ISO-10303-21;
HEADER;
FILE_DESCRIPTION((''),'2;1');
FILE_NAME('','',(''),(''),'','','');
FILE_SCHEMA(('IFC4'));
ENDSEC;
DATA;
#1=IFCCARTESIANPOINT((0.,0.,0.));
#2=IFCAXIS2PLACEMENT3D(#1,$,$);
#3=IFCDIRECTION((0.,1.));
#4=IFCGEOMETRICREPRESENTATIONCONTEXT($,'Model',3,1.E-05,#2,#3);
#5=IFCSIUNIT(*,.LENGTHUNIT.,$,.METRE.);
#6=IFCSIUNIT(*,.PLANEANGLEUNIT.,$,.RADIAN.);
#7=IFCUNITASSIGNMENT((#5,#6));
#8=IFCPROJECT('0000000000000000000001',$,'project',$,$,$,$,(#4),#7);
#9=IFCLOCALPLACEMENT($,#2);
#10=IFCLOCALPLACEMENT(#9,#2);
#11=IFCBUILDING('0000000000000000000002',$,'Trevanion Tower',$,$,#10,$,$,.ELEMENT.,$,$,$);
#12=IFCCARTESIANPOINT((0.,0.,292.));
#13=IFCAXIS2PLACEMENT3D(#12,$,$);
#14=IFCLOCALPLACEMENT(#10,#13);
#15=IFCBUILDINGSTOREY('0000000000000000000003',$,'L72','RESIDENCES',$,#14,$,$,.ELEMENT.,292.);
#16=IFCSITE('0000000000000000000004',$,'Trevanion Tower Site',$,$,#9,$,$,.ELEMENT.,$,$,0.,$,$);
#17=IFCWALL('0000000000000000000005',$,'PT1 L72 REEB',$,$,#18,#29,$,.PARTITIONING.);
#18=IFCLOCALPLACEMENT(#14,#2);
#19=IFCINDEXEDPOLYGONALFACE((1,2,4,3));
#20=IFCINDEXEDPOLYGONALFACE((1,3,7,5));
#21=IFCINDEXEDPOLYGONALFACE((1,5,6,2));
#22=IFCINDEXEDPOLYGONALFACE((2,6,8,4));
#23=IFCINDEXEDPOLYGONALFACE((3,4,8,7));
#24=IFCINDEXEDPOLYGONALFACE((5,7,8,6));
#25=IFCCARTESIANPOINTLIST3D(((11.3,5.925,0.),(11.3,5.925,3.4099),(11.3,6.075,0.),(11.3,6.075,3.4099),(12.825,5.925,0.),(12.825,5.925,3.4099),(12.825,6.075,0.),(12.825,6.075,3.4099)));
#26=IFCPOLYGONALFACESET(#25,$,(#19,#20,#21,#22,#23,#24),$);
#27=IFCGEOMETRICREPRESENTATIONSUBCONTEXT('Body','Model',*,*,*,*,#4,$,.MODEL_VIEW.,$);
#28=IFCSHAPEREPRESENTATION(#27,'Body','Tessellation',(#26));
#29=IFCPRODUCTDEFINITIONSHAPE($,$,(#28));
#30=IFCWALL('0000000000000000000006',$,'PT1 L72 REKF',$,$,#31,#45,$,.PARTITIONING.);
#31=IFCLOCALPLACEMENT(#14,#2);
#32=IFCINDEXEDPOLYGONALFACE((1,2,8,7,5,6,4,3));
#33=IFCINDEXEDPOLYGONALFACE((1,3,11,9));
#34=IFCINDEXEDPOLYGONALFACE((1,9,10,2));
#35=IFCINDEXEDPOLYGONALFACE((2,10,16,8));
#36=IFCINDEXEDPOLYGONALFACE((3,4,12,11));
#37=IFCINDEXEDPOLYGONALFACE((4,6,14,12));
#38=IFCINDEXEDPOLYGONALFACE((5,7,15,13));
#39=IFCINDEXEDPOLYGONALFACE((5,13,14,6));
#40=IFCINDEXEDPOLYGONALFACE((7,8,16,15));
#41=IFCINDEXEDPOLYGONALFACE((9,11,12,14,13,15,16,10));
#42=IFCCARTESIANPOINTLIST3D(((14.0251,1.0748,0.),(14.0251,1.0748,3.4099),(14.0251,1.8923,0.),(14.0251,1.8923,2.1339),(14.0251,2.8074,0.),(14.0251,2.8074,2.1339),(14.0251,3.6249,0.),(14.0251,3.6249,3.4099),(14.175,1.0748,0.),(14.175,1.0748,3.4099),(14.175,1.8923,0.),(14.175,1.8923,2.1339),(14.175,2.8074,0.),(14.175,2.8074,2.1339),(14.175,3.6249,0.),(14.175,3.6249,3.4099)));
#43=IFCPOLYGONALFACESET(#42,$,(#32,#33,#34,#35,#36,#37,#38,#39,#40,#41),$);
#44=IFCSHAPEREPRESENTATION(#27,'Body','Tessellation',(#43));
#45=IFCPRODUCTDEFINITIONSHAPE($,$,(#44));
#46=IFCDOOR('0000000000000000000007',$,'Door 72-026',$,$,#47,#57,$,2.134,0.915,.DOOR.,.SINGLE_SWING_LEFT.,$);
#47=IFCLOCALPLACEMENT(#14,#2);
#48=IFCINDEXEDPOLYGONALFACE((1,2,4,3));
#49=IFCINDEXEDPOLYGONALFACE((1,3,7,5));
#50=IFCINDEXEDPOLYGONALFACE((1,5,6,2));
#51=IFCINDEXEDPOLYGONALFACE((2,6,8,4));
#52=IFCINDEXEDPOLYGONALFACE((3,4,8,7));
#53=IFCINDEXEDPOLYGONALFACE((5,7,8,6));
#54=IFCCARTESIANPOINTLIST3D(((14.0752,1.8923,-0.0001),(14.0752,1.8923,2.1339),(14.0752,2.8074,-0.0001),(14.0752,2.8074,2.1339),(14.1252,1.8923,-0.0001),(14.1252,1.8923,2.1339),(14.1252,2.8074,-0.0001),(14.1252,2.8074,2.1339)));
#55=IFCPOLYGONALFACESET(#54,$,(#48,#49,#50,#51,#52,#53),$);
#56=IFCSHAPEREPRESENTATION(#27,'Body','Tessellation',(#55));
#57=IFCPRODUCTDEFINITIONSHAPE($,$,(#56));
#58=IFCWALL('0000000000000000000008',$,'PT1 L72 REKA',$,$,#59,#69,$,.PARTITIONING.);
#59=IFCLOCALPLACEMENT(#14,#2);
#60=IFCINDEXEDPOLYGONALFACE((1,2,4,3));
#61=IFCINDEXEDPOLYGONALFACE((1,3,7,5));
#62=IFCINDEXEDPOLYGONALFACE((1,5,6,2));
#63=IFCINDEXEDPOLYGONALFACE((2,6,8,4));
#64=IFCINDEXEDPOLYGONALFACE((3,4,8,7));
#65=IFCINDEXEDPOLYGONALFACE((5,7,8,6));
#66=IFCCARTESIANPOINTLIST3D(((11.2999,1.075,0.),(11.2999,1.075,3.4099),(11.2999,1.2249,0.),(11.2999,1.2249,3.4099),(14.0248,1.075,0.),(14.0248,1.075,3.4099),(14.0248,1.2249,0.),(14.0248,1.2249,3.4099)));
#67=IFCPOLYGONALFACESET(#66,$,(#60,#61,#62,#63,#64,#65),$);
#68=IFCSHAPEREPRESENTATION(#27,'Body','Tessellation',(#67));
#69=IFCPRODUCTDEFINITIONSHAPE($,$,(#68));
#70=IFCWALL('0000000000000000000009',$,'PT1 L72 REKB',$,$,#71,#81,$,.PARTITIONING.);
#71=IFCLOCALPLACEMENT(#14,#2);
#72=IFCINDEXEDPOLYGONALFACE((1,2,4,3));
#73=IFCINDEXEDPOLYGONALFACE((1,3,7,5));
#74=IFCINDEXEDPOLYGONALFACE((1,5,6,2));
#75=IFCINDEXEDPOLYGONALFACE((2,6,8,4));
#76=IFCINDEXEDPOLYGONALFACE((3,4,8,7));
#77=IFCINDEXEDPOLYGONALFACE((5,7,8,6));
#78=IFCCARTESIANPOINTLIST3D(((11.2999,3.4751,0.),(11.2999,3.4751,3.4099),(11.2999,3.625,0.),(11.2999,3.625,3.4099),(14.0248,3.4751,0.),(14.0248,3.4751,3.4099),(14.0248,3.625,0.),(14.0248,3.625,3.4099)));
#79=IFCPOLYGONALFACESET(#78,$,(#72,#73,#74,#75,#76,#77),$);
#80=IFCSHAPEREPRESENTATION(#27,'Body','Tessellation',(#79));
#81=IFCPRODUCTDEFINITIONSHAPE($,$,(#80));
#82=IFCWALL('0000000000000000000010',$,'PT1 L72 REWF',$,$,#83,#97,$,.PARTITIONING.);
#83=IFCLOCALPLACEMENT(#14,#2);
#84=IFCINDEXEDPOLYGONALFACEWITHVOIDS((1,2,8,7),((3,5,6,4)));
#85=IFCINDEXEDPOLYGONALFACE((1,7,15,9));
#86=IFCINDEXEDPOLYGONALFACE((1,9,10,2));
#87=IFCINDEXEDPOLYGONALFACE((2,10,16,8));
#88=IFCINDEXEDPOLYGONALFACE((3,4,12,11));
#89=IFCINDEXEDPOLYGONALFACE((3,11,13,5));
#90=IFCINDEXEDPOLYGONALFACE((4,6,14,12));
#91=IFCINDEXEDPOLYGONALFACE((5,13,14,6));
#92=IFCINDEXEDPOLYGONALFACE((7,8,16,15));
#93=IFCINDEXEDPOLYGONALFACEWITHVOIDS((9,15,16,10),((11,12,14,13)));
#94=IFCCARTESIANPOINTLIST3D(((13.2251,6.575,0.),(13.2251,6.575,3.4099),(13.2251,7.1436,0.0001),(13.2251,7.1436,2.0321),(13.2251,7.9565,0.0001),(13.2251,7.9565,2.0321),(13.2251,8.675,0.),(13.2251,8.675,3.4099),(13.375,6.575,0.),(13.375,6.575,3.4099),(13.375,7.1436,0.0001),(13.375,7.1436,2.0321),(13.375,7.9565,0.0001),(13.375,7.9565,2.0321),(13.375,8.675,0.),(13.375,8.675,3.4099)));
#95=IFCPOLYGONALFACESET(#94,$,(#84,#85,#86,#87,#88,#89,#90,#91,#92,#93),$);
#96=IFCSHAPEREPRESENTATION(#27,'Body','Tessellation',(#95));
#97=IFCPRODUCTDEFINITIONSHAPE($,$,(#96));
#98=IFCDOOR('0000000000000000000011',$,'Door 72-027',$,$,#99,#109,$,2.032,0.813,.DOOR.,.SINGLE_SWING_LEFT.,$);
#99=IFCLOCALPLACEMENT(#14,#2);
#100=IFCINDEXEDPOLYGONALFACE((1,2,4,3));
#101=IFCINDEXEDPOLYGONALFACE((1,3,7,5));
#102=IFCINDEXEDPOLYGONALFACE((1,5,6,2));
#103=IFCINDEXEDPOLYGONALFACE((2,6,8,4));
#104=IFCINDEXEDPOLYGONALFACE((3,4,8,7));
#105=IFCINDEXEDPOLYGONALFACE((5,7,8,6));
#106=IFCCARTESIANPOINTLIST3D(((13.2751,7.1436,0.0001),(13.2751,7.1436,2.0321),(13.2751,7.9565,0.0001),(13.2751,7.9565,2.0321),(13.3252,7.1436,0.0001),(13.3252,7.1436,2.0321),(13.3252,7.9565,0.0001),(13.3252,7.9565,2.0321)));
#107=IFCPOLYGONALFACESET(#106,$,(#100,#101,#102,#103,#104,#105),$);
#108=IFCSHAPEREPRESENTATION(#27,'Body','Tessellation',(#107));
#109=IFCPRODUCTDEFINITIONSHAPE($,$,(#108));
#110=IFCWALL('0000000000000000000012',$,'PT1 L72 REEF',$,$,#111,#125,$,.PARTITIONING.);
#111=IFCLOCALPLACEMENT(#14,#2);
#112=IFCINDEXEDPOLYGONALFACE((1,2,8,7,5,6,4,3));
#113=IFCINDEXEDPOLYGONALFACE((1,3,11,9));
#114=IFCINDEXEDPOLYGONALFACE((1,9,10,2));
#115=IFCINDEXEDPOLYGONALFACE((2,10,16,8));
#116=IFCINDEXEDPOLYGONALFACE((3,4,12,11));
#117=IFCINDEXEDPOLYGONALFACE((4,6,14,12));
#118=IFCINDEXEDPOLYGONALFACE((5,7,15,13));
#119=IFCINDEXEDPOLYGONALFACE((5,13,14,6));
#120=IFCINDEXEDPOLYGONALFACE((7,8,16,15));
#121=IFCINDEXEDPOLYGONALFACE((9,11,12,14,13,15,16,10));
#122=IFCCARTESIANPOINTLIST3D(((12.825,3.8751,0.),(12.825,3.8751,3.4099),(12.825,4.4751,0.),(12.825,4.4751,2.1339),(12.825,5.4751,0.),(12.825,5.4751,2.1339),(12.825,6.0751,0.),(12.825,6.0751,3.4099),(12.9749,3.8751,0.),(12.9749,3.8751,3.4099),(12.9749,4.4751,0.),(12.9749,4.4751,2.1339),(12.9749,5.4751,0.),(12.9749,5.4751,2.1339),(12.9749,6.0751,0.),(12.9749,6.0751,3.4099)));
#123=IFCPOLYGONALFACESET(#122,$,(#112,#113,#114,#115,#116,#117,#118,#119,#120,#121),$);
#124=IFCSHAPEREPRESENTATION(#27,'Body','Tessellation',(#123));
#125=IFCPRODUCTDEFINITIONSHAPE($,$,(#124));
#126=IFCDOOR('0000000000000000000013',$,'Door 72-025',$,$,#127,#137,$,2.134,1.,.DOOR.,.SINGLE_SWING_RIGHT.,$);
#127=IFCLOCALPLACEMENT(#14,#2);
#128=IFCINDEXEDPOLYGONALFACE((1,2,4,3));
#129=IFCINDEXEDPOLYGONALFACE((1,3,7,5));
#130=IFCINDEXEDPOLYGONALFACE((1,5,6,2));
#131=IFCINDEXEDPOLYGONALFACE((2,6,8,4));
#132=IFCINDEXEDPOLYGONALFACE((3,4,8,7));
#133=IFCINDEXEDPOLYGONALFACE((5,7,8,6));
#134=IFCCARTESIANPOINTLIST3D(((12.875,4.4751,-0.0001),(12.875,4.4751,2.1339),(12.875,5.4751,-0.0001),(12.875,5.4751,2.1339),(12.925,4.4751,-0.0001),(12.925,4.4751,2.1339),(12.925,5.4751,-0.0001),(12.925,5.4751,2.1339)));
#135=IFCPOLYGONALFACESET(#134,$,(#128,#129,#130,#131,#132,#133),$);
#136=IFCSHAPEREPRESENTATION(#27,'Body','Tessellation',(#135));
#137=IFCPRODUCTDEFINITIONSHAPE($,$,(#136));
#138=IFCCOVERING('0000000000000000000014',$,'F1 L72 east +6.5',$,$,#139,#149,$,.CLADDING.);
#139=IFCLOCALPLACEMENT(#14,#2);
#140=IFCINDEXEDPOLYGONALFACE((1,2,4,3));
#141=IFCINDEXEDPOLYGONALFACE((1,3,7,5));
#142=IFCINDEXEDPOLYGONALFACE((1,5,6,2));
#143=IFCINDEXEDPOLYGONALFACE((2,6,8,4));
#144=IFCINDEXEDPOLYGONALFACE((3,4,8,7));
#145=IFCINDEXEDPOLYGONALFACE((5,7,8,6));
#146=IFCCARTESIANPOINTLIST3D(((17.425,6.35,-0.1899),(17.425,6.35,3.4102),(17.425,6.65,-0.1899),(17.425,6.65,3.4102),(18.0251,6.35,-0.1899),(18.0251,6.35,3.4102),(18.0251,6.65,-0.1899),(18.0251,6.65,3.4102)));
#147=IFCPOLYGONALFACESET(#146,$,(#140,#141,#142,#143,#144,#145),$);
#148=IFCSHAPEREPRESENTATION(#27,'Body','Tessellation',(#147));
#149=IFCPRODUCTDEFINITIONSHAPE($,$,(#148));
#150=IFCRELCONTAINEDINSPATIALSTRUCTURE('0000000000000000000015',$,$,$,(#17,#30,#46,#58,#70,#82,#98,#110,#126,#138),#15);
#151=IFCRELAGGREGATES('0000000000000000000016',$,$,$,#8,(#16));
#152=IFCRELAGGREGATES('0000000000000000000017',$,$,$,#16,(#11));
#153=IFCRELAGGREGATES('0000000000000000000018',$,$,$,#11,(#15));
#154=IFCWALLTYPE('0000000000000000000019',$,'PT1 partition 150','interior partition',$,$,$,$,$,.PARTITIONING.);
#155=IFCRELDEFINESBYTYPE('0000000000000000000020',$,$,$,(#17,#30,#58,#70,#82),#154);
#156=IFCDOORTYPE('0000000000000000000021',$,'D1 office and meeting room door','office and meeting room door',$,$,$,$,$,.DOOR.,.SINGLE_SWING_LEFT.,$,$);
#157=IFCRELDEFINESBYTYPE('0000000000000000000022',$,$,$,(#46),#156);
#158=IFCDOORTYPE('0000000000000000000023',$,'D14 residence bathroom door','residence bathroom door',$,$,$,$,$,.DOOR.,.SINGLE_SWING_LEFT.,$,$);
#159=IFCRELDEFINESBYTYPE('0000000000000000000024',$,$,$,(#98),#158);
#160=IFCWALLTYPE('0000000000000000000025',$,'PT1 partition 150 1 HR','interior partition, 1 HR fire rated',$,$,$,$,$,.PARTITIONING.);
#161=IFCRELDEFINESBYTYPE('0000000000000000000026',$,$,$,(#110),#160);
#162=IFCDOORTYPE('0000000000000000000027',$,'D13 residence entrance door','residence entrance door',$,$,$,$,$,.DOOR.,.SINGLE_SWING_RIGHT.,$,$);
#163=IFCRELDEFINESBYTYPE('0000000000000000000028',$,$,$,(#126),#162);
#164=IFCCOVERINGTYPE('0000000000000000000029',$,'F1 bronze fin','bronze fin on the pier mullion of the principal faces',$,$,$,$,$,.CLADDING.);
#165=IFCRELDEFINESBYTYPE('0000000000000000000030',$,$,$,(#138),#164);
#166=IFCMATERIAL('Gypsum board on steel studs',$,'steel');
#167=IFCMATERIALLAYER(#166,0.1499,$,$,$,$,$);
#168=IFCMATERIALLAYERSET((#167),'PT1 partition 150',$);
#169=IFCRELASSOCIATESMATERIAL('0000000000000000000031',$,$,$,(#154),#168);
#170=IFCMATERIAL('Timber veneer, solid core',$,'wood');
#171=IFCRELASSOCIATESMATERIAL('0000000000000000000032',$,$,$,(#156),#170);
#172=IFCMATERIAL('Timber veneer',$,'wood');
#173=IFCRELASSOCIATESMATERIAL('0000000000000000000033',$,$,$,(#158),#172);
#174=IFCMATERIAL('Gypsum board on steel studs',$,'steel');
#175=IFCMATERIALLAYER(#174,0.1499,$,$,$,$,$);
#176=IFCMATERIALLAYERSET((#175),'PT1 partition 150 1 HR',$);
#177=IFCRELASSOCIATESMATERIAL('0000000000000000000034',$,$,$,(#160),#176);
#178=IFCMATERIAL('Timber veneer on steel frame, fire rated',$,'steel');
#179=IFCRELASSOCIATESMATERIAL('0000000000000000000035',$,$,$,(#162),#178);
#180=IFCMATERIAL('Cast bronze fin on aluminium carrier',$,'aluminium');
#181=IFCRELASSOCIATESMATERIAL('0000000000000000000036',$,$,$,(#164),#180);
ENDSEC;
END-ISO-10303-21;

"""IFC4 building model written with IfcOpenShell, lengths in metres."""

from ifc_helpers import new_model, si_unit, direction, frame, frame_2d, origin, origin_2d, place, context, subcontext, project, spatial, rectangle, extrude, material, layer, layer_set, type_object, element, fill, save


model = new_model("IFC4")

# Units and contexts
model_context = context("Model", 3, precision=1e-05, world=origin(), true_north=direction((0.0, 1.0)))
body_context = subcontext(model_context, "Body", "Model", "MODEL_VIEW")
ifc_project = project(units=[si_unit("LENGTHUNIT", "METRE"), si_unit("PLANEANGLEUNIT", "RADIAN")], contexts=[model_context])

# Site, building, storey
site_placement = place(None, origin())
site = spatial("IfcSite", under=ifc_project, at=site_placement, Name="Trevanion Tower Site", CompositionType="ELEMENT", RefElevation=0.0)
building_placement = place(site_placement, origin())
building = spatial("IfcBuilding", under=site, at=building_placement, Name="Trevanion Tower", CompositionType="ELEMENT")
storey_placement = place(building_placement, frame((0.0, 0.0, 292.0)))
storey = spatial("IfcBuildingStorey", under=building, at=storey_placement, Name="L72", Description="RESIDENCES", CompositionType="ELEMENT", Elevation=292.0)

# Shared definitions
ifc_material_1 = material(Name="Gypsum board on steel studs", Category="steel")
ifc_layer_1 = layer(ifc_material_1, 0.1499)
ifc_layer_set_1 = layer_set([ifc_layer_1], Name="PT1 partition 150")
wall_type_1 = type_object("IfcWallType", Name="PT1 partition 150", Description="interior partition", PredefinedType="PARTITIONING", material=ifc_layer_set_1)
ifc_material_2 = material(Name="Timber veneer, solid core", Category="wood")
door_type_1 = type_object("IfcDoorType", Name="D1 office and meeting room door", Description="office and meeting room door", OperationType="SINGLE_SWING_LEFT", PredefinedType="DOOR", material=ifc_material_2)

# Wall
for number, where, z_axis, x_axis, name in (
    (1, (11.3, 6.0, 0.0), (0.0, 0.0, 1.0), (1.0, 0.0, 0.0), "PT1 L72 REEB"),
):
    element("IfcWall", number, at=place(storey_placement, frame(where, z_axis=z_axis, x_axis=x_axis)), inside=storey, type_object=wall_type_1, Name=name, PredefinedType="PARTITIONING", context=body_context, shape_type="SweptSolid", body=[
        extrude(rectangle(XDim=1.5249, YDim=0.1499, at=frame_2d((0.7625, 0.0))), origin(), (0.0, 0.0, 1.0), 3.4099),
    ])

# Wall, opening, door
wall_1_placement = place(storey_placement, frame((14.1001, 1.075, 0.0), z_axis=(0.0, 0.0, 1.0), x_axis=(0.0, 1.0, 0.0)))
wall_1 = element("IfcWall", 2, at=wall_1_placement, inside=storey, type_object=wall_type_1, Name="PT1 L72 REKF", PredefinedType="PARTITIONING", context=body_context, shape_type="SweptSolid", body=[
    extrude(rectangle(XDim=2.55, YDim=0.1499, at=frame_2d((1.2749, 0.0))), origin(), (0.0, 0.0, 1.0), 3.4099),
])
opening_1_placement = place(wall_1_placement, frame((0.8174, 0.0, 0.0)))
opening_1 = element("IfcOpeningElement", 3, at=opening_1_placement, cuts=wall_1, PredefinedType="OPENING", context=body_context, shape_type="SweptSolid", body=[
    extrude(rectangle(XDim=0.915, YDim=2.134, at=frame_2d((0.4575, 1.0669))), frame((0.0, 0.085, 0.0), z_axis=(0.0, -1.0, 0.0), x_axis=(1.0, 0.0, 0.0)), (0.0, 0.0, 1.0), 0.1699),
])
door_1_placement = place(opening_1_placement, origin())
door_1 = element("IfcDoor", 4, at=door_1_placement, inside=storey, type_object=door_type_1, Name="Door 72-026", OperationType="SINGLE_SWING_LEFT", OverallHeight=2.134, OverallWidth=0.915, PredefinedType="DOOR", context=body_context, shape_type="SweptSolid", body=[
    extrude(rectangle(XDim=0.915, YDim=2.134, at=frame_2d((0.4575, 1.0669))), frame((0.0, 0.0249, 0.0), z_axis=(0.0, -1.0, 0.0), x_axis=(1.0, 0.0, 0.0)), (0.0, 0.0, 1.0), 0.05),
])
fill(opening_1, door_1)

# Walls
for number, where, z_axis, x_axis, name in (
    (5, (11.3, 1.1499, 0.0), (0.0, 0.0, 1.0), (1.0, 0.0, 0.0), "PT1 L72 REKA"),
    (6, (11.3, 3.55, 0.0), (0.0, 0.0, 1.0), (1.0, 0.0, 0.0), "PT1 L72 REKB"),
):
    element("IfcWall", number, at=place(storey_placement, frame(where, z_axis=z_axis, x_axis=x_axis)), inside=storey, type_object=wall_type_1, Name=name, PredefinedType="PARTITIONING", context=body_context, shape_type="SweptSolid", body=[
        extrude(rectangle(XDim=2.7249, YDim=0.1499, at=frame_2d((1.3623, 0.0))), origin(), (0.0, 0.0, 1.0), 3.4099),
    ])

# Walls, openings, doors
wall_2_placement = place(storey_placement, frame((13.3, 6.575, 0.0), z_axis=(0.0, 0.0, 1.0), x_axis=(0.0, 1.0, 0.0)))
wall_2 = element("IfcWall", 7, at=wall_2_placement, inside=storey, type_object=wall_type_1, Name="PT1 L72 REWF", PredefinedType="PARTITIONING", context=body_context, shape_type="SweptSolid", body=[
    extrude(rectangle(XDim=2.1001, YDim=0.1499, at=frame_2d((1.05, 0.0))), origin(), (0.0, 0.0, 1.0), 3.4099),
])
opening_2_placement = place(wall_2_placement, frame((0.5686, 0.0, 0.0)))
opening_2 = element("IfcOpeningElement", 8, at=opening_2_placement, cuts=wall_2, PredefinedType="OPENING", context=body_context, shape_type="SweptSolid", body=[
    extrude(rectangle(XDim=0.813, YDim=2.032, at=frame_2d((0.4065, 1.0161))), frame((0.0, 0.085, 0.0), z_axis=(0.0, -1.0, 0.0), x_axis=(1.0, 0.0, 0.0)), (0.0, 0.0, 1.0), 0.1699),
])
ifc_material_3 = material(Name="Timber veneer", Category="wood")
door_type_2 = type_object("IfcDoorType", Name="D14 residence bathroom door", Description="residence bathroom door", OperationType="SINGLE_SWING_LEFT", PredefinedType="DOOR", material=ifc_material_3)
door_2_placement = place(opening_2_placement, origin())
door_2 = element("IfcDoor", 9, at=door_2_placement, inside=storey, type_object=door_type_2, Name="Door 72-027", OperationType="SINGLE_SWING_LEFT", OverallHeight=2.032, OverallWidth=0.813, PredefinedType="DOOR", context=body_context, shape_type="SweptSolid", body=[
    extrude(rectangle(XDim=0.813, YDim=2.032, at=frame_2d((0.4065, 1.0161))), frame((0.0, 0.0249, 0.0), z_axis=(0.0, -1.0, 0.0), x_axis=(1.0, 0.0, 0.0)), (0.0, 0.0, 1.0), 0.05),
])
fill(opening_2, door_2)
ifc_material_4 = material(Name="Gypsum board on steel studs", Category="steel")
ifc_layer_2 = layer(ifc_material_4, 0.1499)
ifc_layer_set_2 = layer_set([ifc_layer_2], Name="PT1 partition 150 1 HR")
wall_type_2 = type_object("IfcWallType", Name="PT1 partition 150 1 HR", Description="interior partition, 1 HR fire rated", PredefinedType="PARTITIONING", material=ifc_layer_set_2)
wall_3_placement = place(storey_placement, frame((12.8999, 3.875, 0.0), z_axis=(0.0, 0.0, 1.0), x_axis=(0.0, 1.0, 0.0)))
wall_3 = element("IfcWall", 10, at=wall_3_placement, inside=storey, type_object=wall_type_2, Name="PT1 L72 REEF", PredefinedType="PARTITIONING", context=body_context, shape_type="SweptSolid", body=[
    extrude(rectangle(XDim=2.2, YDim=0.1499, at=frame_2d((1.1001, 0.0))), origin(), (0.0, 0.0, 1.0), 3.4099),
])
opening_3_placement = place(wall_3_placement, frame((0.6001, 0.0, 0.0)))
opening_3 = element("IfcOpeningElement", 11, at=opening_3_placement, cuts=wall_3, PredefinedType="OPENING", context=body_context, shape_type="SweptSolid", body=[
    extrude(rectangle(XDim=1.0, YDim=2.134, at=frame_2d((0.5, 1.0669))), frame((0.0, 0.085, 0.0), z_axis=(0.0, -1.0, 0.0), x_axis=(1.0, 0.0, 0.0)), (0.0, 0.0, 1.0), 0.1699),
])
ifc_material_5 = material(Name="Timber veneer on steel frame, fire rated", Category="steel")
door_type_3 = type_object("IfcDoorType", Name="D13 residence entrance door", Description="residence entrance door", OperationType="SINGLE_SWING_RIGHT", PredefinedType="DOOR", material=ifc_material_5)
door_3_placement = place(opening_3_placement, origin())
door_3 = element("IfcDoor", 12, at=door_3_placement, inside=storey, type_object=door_type_3, Name="Door 72-025", OperationType="SINGLE_SWING_RIGHT", OverallHeight=2.134, OverallWidth=1.0, PredefinedType="DOOR", context=body_context, shape_type="SweptSolid", body=[
    extrude(rectangle(XDim=1.0, YDim=2.134, at=frame_2d((0.5, 1.0669))), frame((0.0, 0.0249, 0.0), z_axis=(0.0, -1.0, 0.0), x_axis=(1.0, 0.0, 0.0)), (0.0, 0.0, 1.0), 0.05),
])
fill(opening_3, door_3)

# Covering
ifc_material_6 = material(Name="Cast bronze fin on aluminium carrier", Category="aluminium")
covering_type = type_object("IfcCoveringType", Name="F1 bronze fin", Description="bronze fin on the pier mullion of the principal faces", PredefinedType="CLADDING", material=ifc_material_6)
covering_placement = place(storey_placement, frame((17.7251, 6.5, -0.1899), z_axis=(0.0, 0.0, 1.0), x_axis=(0.0, 1.0, 0.0)))
element("IfcCovering", 13, at=covering_placement, inside=storey, type_object=covering_type, Name="F1 L72 east +6.5", PredefinedType="CLADDING", context=body_context, shape_type="SweptSolid", body=[
    extrude(rectangle(XDim=0.3, YDim=0.6001, at=origin_2d()), origin(), (0.0, 0.0, 1.0), 3.6001),
])

save(model, "model.ifc")
